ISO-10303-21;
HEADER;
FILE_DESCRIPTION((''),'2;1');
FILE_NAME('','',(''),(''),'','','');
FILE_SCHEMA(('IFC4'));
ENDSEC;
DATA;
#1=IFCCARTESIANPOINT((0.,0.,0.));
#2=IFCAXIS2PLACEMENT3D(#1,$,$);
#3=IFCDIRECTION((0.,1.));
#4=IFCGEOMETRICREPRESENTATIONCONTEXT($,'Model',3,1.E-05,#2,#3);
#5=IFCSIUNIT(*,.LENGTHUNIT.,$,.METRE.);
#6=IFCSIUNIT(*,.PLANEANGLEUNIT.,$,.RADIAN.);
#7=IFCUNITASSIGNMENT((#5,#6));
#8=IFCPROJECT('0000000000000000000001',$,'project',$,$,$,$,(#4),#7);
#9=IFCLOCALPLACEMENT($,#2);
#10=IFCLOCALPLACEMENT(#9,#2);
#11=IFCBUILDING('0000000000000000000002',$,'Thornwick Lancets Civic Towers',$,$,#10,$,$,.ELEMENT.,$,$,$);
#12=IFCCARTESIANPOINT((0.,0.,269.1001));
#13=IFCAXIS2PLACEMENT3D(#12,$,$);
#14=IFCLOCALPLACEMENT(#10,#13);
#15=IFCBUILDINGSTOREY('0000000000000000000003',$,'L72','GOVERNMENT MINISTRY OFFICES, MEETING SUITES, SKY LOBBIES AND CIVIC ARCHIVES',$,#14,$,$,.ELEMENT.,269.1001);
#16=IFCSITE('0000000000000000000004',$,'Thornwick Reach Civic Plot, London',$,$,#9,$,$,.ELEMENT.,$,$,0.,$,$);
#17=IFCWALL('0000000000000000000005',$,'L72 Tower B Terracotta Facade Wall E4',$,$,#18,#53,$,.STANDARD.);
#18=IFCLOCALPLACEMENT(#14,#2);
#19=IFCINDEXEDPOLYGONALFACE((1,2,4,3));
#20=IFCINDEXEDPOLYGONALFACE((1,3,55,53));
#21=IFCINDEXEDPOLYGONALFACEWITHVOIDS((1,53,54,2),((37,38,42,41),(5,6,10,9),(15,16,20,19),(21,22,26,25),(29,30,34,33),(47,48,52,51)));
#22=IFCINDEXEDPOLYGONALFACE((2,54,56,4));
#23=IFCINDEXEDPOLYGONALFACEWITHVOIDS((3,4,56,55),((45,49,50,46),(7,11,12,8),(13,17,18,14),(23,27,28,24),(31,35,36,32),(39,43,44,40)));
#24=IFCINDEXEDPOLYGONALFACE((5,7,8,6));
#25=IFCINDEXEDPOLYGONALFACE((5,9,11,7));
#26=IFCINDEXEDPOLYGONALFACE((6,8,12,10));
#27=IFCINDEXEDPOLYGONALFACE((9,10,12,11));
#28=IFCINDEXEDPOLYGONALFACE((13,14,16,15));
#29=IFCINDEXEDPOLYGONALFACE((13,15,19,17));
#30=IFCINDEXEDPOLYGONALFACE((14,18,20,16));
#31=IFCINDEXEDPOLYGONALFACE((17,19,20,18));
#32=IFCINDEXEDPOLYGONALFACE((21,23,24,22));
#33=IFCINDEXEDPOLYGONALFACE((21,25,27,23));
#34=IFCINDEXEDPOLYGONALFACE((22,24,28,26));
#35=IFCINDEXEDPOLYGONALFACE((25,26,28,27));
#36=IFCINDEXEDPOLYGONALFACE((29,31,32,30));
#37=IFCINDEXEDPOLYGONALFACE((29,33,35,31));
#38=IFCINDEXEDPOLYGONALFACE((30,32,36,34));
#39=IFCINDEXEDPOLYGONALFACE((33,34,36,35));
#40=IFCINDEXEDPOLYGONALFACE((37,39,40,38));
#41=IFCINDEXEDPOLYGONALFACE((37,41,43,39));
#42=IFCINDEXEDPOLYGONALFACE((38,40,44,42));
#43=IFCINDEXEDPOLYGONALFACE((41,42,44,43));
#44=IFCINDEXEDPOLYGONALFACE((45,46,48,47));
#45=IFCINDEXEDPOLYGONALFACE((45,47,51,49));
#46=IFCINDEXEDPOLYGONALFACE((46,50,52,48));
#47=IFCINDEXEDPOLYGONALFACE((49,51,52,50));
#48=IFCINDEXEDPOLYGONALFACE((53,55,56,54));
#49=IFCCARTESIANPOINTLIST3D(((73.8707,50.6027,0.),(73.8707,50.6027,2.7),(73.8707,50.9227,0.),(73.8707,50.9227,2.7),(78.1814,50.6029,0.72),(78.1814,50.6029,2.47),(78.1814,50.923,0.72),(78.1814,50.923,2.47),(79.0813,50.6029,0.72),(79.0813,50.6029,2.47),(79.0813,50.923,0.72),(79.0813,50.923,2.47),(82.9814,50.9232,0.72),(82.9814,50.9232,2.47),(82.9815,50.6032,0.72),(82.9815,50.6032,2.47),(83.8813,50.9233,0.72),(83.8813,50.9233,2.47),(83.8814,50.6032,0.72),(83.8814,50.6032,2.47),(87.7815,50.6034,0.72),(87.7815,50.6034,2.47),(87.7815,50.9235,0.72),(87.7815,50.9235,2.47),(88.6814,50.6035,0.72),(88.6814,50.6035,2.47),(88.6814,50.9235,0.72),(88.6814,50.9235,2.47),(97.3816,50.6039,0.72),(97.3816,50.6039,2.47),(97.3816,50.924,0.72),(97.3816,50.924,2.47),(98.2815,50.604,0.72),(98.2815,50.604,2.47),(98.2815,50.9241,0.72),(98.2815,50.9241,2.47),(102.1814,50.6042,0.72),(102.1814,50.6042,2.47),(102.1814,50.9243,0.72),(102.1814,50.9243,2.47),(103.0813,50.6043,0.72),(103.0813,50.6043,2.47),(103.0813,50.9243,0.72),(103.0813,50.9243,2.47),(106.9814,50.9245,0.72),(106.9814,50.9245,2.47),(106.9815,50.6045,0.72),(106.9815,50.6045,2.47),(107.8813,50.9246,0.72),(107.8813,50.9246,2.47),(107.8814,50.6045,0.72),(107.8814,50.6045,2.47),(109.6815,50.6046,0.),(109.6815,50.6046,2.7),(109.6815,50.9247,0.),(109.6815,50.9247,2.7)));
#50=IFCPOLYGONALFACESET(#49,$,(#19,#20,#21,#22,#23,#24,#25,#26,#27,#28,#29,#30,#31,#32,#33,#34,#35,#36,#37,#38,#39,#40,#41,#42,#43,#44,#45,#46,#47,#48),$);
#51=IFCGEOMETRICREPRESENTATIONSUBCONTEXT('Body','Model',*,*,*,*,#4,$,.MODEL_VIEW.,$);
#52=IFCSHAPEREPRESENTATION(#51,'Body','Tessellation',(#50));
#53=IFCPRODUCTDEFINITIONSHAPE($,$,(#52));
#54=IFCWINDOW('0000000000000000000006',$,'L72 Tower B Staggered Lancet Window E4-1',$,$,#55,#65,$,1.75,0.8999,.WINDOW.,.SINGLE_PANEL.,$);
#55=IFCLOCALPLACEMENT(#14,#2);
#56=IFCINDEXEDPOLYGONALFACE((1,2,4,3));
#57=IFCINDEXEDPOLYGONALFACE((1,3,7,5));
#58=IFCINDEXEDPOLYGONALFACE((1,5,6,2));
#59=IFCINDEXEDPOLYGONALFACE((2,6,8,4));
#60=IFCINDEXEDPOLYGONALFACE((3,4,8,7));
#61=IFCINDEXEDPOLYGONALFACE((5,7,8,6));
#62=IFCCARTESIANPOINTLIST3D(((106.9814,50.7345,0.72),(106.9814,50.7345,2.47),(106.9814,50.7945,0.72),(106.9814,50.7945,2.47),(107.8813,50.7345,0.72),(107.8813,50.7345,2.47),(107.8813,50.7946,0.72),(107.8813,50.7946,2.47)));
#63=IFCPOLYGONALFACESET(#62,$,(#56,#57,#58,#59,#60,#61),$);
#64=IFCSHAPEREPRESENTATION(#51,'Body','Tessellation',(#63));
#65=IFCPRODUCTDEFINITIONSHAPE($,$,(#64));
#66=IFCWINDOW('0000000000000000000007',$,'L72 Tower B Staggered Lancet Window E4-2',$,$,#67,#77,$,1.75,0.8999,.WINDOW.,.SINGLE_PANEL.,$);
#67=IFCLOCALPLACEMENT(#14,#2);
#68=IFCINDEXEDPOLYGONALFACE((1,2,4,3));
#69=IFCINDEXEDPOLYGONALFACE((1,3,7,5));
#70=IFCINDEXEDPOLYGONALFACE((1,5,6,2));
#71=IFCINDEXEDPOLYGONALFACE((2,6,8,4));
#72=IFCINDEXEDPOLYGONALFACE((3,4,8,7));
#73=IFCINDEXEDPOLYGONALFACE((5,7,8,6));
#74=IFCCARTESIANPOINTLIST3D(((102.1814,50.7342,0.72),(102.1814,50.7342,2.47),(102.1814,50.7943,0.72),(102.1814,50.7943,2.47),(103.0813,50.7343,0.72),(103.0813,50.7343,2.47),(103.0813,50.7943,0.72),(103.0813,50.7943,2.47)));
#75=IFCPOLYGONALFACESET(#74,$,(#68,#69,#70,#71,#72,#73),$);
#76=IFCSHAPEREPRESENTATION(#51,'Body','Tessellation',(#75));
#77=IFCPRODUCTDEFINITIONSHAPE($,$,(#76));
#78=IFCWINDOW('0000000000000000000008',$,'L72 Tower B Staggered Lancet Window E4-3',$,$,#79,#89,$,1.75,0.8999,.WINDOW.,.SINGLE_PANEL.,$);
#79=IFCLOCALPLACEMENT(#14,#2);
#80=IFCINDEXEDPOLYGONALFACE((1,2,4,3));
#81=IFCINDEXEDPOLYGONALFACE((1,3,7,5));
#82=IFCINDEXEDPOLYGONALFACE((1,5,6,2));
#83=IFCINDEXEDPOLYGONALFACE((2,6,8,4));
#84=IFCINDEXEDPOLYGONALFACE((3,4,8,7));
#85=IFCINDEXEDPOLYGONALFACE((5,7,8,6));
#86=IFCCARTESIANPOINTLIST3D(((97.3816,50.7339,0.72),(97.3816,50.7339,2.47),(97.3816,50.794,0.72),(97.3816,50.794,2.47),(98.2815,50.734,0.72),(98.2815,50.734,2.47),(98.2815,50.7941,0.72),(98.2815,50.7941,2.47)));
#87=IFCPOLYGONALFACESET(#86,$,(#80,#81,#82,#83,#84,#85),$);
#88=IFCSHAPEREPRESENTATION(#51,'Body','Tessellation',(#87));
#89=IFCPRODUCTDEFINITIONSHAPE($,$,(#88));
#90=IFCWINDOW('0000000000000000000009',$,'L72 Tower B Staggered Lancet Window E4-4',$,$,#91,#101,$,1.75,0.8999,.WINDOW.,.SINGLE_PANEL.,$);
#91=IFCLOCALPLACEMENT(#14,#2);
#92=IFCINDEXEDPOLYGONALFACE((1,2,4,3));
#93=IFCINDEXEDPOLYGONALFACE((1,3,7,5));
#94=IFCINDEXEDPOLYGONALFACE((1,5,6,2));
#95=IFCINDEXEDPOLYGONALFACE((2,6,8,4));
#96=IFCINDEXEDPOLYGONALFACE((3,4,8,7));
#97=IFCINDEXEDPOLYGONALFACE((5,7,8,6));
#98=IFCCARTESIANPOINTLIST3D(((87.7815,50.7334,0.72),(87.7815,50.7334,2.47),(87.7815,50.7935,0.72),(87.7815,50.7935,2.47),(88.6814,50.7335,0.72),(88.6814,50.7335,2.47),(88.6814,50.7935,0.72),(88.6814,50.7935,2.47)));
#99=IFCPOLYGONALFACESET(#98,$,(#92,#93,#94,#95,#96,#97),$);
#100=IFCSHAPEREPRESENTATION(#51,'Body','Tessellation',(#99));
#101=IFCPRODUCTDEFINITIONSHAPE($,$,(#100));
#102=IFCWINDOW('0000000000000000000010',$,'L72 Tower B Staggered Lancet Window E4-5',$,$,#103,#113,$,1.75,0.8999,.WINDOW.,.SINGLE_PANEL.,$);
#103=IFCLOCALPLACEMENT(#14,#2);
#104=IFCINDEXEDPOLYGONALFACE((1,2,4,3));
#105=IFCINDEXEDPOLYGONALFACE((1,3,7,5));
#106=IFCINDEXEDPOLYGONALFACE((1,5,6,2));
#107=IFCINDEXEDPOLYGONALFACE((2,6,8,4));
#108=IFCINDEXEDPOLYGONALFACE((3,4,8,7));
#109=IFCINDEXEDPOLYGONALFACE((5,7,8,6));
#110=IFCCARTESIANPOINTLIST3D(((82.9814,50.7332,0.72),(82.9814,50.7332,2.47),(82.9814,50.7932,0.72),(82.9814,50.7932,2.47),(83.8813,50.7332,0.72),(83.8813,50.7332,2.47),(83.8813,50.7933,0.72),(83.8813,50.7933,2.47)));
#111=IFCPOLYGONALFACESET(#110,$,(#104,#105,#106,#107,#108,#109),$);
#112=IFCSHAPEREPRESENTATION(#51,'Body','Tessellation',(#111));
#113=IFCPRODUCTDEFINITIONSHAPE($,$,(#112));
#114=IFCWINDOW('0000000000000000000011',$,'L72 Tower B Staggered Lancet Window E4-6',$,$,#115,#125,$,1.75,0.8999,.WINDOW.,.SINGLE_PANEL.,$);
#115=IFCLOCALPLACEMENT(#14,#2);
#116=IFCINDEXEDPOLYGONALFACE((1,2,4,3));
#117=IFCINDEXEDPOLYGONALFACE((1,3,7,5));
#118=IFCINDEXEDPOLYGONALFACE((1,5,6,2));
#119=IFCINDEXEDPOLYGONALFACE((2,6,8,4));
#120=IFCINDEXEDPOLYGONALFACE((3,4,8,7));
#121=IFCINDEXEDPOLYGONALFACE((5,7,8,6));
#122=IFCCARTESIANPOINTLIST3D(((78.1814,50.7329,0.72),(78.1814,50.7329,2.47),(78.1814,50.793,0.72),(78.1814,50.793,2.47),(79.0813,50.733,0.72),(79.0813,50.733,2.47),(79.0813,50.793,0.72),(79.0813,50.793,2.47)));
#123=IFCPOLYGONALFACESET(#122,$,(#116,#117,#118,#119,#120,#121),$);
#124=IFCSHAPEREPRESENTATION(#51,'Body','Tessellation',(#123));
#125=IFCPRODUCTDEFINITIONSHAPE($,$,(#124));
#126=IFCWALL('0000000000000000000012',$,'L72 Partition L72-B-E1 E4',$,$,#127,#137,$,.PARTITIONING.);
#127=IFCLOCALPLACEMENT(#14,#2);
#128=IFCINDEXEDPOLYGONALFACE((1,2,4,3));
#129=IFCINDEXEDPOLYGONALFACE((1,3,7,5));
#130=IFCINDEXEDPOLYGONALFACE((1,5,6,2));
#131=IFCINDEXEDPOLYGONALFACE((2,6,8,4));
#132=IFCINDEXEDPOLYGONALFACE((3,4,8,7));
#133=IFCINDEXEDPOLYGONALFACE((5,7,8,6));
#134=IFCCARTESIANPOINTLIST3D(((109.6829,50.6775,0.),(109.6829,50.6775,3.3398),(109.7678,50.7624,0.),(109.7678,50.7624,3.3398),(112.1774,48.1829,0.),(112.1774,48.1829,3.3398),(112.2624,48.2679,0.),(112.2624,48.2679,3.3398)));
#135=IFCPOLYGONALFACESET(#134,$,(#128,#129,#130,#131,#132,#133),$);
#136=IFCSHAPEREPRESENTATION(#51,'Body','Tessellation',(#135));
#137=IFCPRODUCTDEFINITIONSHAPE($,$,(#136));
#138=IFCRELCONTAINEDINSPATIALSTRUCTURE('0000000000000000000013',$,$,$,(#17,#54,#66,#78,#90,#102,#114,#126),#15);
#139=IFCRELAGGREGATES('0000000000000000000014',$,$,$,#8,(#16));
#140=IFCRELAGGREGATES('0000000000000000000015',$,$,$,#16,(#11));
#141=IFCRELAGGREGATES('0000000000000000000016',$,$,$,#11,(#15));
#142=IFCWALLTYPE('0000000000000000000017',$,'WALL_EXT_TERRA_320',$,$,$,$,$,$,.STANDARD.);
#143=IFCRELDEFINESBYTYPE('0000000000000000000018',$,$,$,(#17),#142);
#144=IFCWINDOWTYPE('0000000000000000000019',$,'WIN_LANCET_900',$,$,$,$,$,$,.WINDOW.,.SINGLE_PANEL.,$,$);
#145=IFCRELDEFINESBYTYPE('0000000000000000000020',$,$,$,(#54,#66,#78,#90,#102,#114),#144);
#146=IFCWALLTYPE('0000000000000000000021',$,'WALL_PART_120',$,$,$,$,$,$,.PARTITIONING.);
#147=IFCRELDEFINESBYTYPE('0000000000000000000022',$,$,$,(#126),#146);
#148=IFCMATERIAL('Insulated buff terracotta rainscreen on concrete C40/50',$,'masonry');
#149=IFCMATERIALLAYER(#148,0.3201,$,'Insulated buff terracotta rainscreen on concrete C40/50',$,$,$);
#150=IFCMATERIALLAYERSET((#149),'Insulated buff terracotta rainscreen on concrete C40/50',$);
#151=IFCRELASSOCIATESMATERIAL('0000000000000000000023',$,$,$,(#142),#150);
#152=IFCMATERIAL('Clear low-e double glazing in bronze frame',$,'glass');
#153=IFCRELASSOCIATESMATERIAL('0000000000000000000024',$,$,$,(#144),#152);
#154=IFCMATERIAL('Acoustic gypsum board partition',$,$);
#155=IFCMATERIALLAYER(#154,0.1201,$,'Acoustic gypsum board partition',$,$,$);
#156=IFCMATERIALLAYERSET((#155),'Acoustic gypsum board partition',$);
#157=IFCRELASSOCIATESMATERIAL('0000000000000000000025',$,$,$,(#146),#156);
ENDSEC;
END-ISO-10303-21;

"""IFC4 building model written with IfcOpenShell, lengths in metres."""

from ifc_helpers import new_model, si_unit, direction, frame, frame_2d, origin, place, context, subcontext, project, spatial, rectangle, extrude, material, layer, layer_set, type_object, element, fill, save


model = new_model("IFC4")

# Units and contexts
model_context = context("Model", 3, precision=1e-05, world=origin(), true_north=direction((0.0, 1.0)))
body_context = subcontext(model_context, "Body", "Model", "MODEL_VIEW")
ifc_project = project(units=[si_unit("LENGTHUNIT", "METRE"), si_unit("PLANEANGLEUNIT", "RADIAN")], contexts=[model_context])

# Site, building, storey
site_placement = place(None, origin())
site = spatial("IfcSite", under=ifc_project, at=site_placement, Name="Thornwick Reach Civic Plot, London", CompositionType="ELEMENT", RefElevation=0.0)
building_placement = place(site_placement, origin())
building = spatial("IfcBuilding", under=site, at=building_placement, Name="Thornwick Lancets Civic Towers", CompositionType="ELEMENT")
storey_placement = place(building_placement, frame((0.0, 0.0, 269.1001)))
storey = spatial("IfcBuildingStorey", under=building, at=storey_placement, Name="L72", Description="GOVERNMENT MINISTRY OFFICES, MEETING SUITES, SKY LOBBIES AND CIVIC ARCHIVES", CompositionType="ELEMENT", Elevation=269.1001)

# Wall, openings, windows
ifc_material_1 = material(Name="Insulated buff terracotta rainscreen on concrete C40/50", Category="masonry")
ifc_layer_1 = layer(ifc_material_1, 0.3201, Name="Insulated buff terracotta rainscreen on concrete C40/50")
ifc_layer_set_1 = layer_set([ifc_layer_1], Name="Insulated buff terracotta rainscreen on concrete C40/50")
wall_type_1 = type_object("IfcWallType", Name="WALL_EXT_TERRA_320", PredefinedType="STANDARD", material=ifc_layer_set_1)
wall_1_placement = place(storey_placement, frame((109.6814, 50.7646, 0.0), z_axis=(0.0, 0.0, 1.0), x_axis=(-1.0, -0.000055, 0.0)))
wall_1 = element("IfcWall", 1, at=wall_1_placement, inside=storey, type_object=wall_type_1, Name="L72 Tower B Terracotta Facade Wall E4", PredefinedType="STANDARD", context=body_context, shape_type="SweptSolid", body=[
    extrude(rectangle(XDim=35.8108, YDim=0.3201, at=frame_2d((17.9053, 0.0))), origin(), (0.0, 0.0, 1.0), 2.7),
])
opening_1_placement = place(wall_1_placement, frame((1.8, 0.0, 0.72)))
opening_1 = element("IfcOpeningElement", 2, at=opening_1_placement, cuts=wall_1, PredefinedType="OPENING", context=body_context, shape_type="SweptSolid", body=[
    extrude(rectangle(XDim=0.8999, YDim=1.75, at=frame_2d((0.45, 0.875))), frame((0.0, 0.1699, 0.0), z_axis=(0.0, -1.0, 0.0), x_axis=(1.0, 0.0, 0.0)), (0.0, 0.0, 1.0), 0.3401),
])
opening_2_placement = place(wall_1_placement, frame((6.6001, 0.0, 0.72)))
opening_2 = element("IfcOpeningElement", 3, at=opening_2_placement, cuts=wall_1, PredefinedType="OPENING", context=body_context, shape_type="SweptSolid", body=[
    extrude(rectangle(XDim=0.8999, YDim=1.75, at=frame_2d((0.45, 0.875))), frame((0.0, 0.1699, 0.0), z_axis=(0.0, -1.0, 0.0), x_axis=(1.0, 0.0, 0.0)), (0.0, 0.0, 1.0), 0.3401),
])
opening_3_placement = place(wall_1_placement, frame((11.3999, 0.0, 0.72)))
opening_3 = element("IfcOpeningElement", 4, at=opening_3_placement, cuts=wall_1, PredefinedType="OPENING", context=body_context, shape_type="SweptSolid", body=[
    extrude(rectangle(XDim=0.8999, YDim=1.75, at=frame_2d((0.45, 0.875))), frame((0.0, 0.1699, 0.0), z_axis=(0.0, -1.0, 0.0), x_axis=(1.0, 0.0, 0.0)), (0.0, 0.0, 1.0), 0.3401),
])
opening_4_placement = place(wall_1_placement, frame((21.0, 0.0, 0.72)))
opening_4 = element("IfcOpeningElement", 5, at=opening_4_placement, cuts=wall_1, PredefinedType="OPENING", context=body_context, shape_type="SweptSolid", body=[
    extrude(rectangle(XDim=0.8999, YDim=1.75, at=frame_2d((0.45, 0.875))), frame((0.0, 0.1699, 0.0), z_axis=(0.0, -1.0, 0.0), x_axis=(1.0, 0.0, 0.0)), (0.0, 0.0, 1.0), 0.3401),
])
opening_5_placement = place(wall_1_placement, frame((25.8, 0.0, 0.72)))
opening_5 = element("IfcOpeningElement", 6, at=opening_5_placement, cuts=wall_1, PredefinedType="OPENING", context=body_context, shape_type="SweptSolid", body=[
    extrude(rectangle(XDim=0.8999, YDim=1.75, at=frame_2d((0.45, 0.875))), frame((0.0, 0.1699, 0.0), z_axis=(0.0, -1.0, 0.0), x_axis=(1.0, 0.0, 0.0)), (0.0, 0.0, 1.0), 0.3401),
])
opening_6_placement = place(wall_1_placement, frame((30.6001, 0.0, 0.72)))
opening_6 = element("IfcOpeningElement", 7, at=opening_6_placement, cuts=wall_1, PredefinedType="OPENING", context=body_context, shape_type="SweptSolid", body=[
    extrude(rectangle(XDim=0.8999, YDim=1.75, at=frame_2d((0.45, 0.875))), frame((0.0, 0.1699, 0.0), z_axis=(0.0, -1.0, 0.0), x_axis=(1.0, 0.0, 0.0)), (0.0, 0.0, 1.0), 0.3401),
])
ifc_material_2 = material(Name="Clear low-e double glazing in bronze frame", Category="glass")
window_type = type_object("IfcWindowType", Name="WIN_LANCET_900", PartitioningType="SINGLE_PANEL", PredefinedType="WINDOW", material=ifc_material_2)
window_1_placement = place(opening_1_placement, origin())
window_1 = element("IfcWindow", 8, at=window_1_placement, inside=storey, type_object=window_type, Name="L72 Tower B Staggered Lancet Window E4-1", OverallHeight=1.75, OverallWidth=0.8999, PartitioningType="SINGLE_PANEL", PredefinedType="WINDOW", context=body_context, shape_type="SweptSolid", body=[
    extrude(rectangle(XDim=0.8999, YDim=1.75, at=frame_2d((0.45, 0.875))), frame((0.0, 0.03, 0.0), z_axis=(0.0, -1.0, 0.0), x_axis=(1.0, 0.0, 0.0)), (0.0, 0.0, 1.0), 0.0601),
])
fill(opening_1, window_1)
window_2_placement = place(opening_2_placement, origin())
window_2 = element("IfcWindow", 9, at=window_2_placement, inside=storey, type_object=window_type, Name="L72 Tower B Staggered Lancet Window E4-2", OverallHeight=1.75, OverallWidth=0.8999, PartitioningType="SINGLE_PANEL", PredefinedType="WINDOW", context=body_context, shape_type="SweptSolid", body=[
    extrude(rectangle(XDim=0.8999, YDim=1.75, at=frame_2d((0.45, 0.875))), frame((0.0, 0.03, 0.0), z_axis=(0.0, -1.0, 0.0), x_axis=(1.0, 0.0, 0.0)), (0.0, 0.0, 1.0), 0.0601),
])
fill(opening_2, window_2)
window_3_placement = place(opening_3_placement, origin())
window_3 = element("IfcWindow", 10, at=window_3_placement, inside=storey, type_object=window_type, Name="L72 Tower B Staggered Lancet Window E4-3", OverallHeight=1.75, OverallWidth=0.8999, PartitioningType="SINGLE_PANEL", PredefinedType="WINDOW", context=body_context, shape_type="SweptSolid", body=[
    extrude(rectangle(XDim=0.8999, YDim=1.75, at=frame_2d((0.45, 0.875))), frame((0.0, 0.03, 0.0), z_axis=(0.0, -1.0, 0.0), x_axis=(1.0, 0.0, 0.0)), (0.0, 0.0, 1.0), 0.0601),
])
fill(opening_3, window_3)
window_4_placement = place(opening_4_placement, origin())
window_4 = element("IfcWindow", 11, at=window_4_placement, inside=storey, type_object=window_type, Name="L72 Tower B Staggered Lancet Window E4-4", OverallHeight=1.75, OverallWidth=0.8999, PartitioningType="SINGLE_PANEL", PredefinedType="WINDOW", context=body_context, shape_type="SweptSolid", body=[
    extrude(rectangle(XDim=0.8999, YDim=1.75, at=frame_2d((0.45, 0.875))), frame((0.0, 0.03, 0.0), z_axis=(0.0, -1.0, 0.0), x_axis=(1.0, 0.0, 0.0)), (0.0, 0.0, 1.0), 0.0601),
])
fill(opening_4, window_4)
window_5_placement = place(opening_5_placement, origin())
window_5 = element("IfcWindow", 12, at=window_5_placement, inside=storey, type_object=window_type, Name="L72 Tower B Staggered Lancet Window E4-5", OverallHeight=1.75, OverallWidth=0.8999, PartitioningType="SINGLE_PANEL", PredefinedType="WINDOW", context=body_context, shape_type="SweptSolid", body=[
    extrude(rectangle(XDim=0.8999, YDim=1.75, at=frame_2d((0.45, 0.875))), frame((0.0, 0.03, 0.0), z_axis=(0.0, -1.0, 0.0), x_axis=(1.0, 0.0, 0.0)), (0.0, 0.0, 1.0), 0.0601),
])
fill(opening_5, window_5)
window_6_placement = place(opening_6_placement, origin())
window_6 = element("IfcWindow", 13, at=window_6_placement, inside=storey, type_object=window_type, Name="L72 Tower B Staggered Lancet Window E4-6", OverallHeight=1.75, OverallWidth=0.8999, PartitioningType="SINGLE_PANEL", PredefinedType="WINDOW", context=body_context, shape_type="SweptSolid", body=[
    extrude(rectangle(XDim=0.8999, YDim=1.75, at=frame_2d((0.45, 0.875))), frame((0.0, 0.03, 0.0), z_axis=(0.0, -1.0, 0.0), x_axis=(1.0, 0.0, 0.0)), (0.0, 0.0, 1.0), 0.0601),
])
fill(opening_6, window_6)

# Wall
ifc_material_3 = material(Name="Acoustic gypsum board partition")
ifc_layer_2 = layer(ifc_material_3, 0.1201, Name="Acoustic gypsum board partition")
ifc_layer_set_2 = layer_set([ifc_layer_2], Name="Acoustic gypsum board partition")
wall_type_2 = type_object("IfcWallType", Name="WALL_PART_120", PredefinedType="PARTITIONING", material=ifc_layer_set_2)
wall_2_placement = place(storey_placement, frame((109.7253, 50.72, 0.0), z_axis=(0.0, 0.0, 1.0), x_axis=(0.707107, -0.707107, 0.0)))
element("IfcWall", 14, at=wall_2_placement, inside=storey, type_object=wall_type_2, Name="L72 Partition L72-B-E1 E4", PredefinedType="PARTITIONING", context=body_context, shape_type="SweptSolid", body=[
    extrude(rectangle(XDim=3.5278, YDim=0.1201, at=frame_2d((1.7639, 0.0))), origin(), (0.0, 0.0, 1.0), 3.3398),
])

save(model, "model.ifc")
